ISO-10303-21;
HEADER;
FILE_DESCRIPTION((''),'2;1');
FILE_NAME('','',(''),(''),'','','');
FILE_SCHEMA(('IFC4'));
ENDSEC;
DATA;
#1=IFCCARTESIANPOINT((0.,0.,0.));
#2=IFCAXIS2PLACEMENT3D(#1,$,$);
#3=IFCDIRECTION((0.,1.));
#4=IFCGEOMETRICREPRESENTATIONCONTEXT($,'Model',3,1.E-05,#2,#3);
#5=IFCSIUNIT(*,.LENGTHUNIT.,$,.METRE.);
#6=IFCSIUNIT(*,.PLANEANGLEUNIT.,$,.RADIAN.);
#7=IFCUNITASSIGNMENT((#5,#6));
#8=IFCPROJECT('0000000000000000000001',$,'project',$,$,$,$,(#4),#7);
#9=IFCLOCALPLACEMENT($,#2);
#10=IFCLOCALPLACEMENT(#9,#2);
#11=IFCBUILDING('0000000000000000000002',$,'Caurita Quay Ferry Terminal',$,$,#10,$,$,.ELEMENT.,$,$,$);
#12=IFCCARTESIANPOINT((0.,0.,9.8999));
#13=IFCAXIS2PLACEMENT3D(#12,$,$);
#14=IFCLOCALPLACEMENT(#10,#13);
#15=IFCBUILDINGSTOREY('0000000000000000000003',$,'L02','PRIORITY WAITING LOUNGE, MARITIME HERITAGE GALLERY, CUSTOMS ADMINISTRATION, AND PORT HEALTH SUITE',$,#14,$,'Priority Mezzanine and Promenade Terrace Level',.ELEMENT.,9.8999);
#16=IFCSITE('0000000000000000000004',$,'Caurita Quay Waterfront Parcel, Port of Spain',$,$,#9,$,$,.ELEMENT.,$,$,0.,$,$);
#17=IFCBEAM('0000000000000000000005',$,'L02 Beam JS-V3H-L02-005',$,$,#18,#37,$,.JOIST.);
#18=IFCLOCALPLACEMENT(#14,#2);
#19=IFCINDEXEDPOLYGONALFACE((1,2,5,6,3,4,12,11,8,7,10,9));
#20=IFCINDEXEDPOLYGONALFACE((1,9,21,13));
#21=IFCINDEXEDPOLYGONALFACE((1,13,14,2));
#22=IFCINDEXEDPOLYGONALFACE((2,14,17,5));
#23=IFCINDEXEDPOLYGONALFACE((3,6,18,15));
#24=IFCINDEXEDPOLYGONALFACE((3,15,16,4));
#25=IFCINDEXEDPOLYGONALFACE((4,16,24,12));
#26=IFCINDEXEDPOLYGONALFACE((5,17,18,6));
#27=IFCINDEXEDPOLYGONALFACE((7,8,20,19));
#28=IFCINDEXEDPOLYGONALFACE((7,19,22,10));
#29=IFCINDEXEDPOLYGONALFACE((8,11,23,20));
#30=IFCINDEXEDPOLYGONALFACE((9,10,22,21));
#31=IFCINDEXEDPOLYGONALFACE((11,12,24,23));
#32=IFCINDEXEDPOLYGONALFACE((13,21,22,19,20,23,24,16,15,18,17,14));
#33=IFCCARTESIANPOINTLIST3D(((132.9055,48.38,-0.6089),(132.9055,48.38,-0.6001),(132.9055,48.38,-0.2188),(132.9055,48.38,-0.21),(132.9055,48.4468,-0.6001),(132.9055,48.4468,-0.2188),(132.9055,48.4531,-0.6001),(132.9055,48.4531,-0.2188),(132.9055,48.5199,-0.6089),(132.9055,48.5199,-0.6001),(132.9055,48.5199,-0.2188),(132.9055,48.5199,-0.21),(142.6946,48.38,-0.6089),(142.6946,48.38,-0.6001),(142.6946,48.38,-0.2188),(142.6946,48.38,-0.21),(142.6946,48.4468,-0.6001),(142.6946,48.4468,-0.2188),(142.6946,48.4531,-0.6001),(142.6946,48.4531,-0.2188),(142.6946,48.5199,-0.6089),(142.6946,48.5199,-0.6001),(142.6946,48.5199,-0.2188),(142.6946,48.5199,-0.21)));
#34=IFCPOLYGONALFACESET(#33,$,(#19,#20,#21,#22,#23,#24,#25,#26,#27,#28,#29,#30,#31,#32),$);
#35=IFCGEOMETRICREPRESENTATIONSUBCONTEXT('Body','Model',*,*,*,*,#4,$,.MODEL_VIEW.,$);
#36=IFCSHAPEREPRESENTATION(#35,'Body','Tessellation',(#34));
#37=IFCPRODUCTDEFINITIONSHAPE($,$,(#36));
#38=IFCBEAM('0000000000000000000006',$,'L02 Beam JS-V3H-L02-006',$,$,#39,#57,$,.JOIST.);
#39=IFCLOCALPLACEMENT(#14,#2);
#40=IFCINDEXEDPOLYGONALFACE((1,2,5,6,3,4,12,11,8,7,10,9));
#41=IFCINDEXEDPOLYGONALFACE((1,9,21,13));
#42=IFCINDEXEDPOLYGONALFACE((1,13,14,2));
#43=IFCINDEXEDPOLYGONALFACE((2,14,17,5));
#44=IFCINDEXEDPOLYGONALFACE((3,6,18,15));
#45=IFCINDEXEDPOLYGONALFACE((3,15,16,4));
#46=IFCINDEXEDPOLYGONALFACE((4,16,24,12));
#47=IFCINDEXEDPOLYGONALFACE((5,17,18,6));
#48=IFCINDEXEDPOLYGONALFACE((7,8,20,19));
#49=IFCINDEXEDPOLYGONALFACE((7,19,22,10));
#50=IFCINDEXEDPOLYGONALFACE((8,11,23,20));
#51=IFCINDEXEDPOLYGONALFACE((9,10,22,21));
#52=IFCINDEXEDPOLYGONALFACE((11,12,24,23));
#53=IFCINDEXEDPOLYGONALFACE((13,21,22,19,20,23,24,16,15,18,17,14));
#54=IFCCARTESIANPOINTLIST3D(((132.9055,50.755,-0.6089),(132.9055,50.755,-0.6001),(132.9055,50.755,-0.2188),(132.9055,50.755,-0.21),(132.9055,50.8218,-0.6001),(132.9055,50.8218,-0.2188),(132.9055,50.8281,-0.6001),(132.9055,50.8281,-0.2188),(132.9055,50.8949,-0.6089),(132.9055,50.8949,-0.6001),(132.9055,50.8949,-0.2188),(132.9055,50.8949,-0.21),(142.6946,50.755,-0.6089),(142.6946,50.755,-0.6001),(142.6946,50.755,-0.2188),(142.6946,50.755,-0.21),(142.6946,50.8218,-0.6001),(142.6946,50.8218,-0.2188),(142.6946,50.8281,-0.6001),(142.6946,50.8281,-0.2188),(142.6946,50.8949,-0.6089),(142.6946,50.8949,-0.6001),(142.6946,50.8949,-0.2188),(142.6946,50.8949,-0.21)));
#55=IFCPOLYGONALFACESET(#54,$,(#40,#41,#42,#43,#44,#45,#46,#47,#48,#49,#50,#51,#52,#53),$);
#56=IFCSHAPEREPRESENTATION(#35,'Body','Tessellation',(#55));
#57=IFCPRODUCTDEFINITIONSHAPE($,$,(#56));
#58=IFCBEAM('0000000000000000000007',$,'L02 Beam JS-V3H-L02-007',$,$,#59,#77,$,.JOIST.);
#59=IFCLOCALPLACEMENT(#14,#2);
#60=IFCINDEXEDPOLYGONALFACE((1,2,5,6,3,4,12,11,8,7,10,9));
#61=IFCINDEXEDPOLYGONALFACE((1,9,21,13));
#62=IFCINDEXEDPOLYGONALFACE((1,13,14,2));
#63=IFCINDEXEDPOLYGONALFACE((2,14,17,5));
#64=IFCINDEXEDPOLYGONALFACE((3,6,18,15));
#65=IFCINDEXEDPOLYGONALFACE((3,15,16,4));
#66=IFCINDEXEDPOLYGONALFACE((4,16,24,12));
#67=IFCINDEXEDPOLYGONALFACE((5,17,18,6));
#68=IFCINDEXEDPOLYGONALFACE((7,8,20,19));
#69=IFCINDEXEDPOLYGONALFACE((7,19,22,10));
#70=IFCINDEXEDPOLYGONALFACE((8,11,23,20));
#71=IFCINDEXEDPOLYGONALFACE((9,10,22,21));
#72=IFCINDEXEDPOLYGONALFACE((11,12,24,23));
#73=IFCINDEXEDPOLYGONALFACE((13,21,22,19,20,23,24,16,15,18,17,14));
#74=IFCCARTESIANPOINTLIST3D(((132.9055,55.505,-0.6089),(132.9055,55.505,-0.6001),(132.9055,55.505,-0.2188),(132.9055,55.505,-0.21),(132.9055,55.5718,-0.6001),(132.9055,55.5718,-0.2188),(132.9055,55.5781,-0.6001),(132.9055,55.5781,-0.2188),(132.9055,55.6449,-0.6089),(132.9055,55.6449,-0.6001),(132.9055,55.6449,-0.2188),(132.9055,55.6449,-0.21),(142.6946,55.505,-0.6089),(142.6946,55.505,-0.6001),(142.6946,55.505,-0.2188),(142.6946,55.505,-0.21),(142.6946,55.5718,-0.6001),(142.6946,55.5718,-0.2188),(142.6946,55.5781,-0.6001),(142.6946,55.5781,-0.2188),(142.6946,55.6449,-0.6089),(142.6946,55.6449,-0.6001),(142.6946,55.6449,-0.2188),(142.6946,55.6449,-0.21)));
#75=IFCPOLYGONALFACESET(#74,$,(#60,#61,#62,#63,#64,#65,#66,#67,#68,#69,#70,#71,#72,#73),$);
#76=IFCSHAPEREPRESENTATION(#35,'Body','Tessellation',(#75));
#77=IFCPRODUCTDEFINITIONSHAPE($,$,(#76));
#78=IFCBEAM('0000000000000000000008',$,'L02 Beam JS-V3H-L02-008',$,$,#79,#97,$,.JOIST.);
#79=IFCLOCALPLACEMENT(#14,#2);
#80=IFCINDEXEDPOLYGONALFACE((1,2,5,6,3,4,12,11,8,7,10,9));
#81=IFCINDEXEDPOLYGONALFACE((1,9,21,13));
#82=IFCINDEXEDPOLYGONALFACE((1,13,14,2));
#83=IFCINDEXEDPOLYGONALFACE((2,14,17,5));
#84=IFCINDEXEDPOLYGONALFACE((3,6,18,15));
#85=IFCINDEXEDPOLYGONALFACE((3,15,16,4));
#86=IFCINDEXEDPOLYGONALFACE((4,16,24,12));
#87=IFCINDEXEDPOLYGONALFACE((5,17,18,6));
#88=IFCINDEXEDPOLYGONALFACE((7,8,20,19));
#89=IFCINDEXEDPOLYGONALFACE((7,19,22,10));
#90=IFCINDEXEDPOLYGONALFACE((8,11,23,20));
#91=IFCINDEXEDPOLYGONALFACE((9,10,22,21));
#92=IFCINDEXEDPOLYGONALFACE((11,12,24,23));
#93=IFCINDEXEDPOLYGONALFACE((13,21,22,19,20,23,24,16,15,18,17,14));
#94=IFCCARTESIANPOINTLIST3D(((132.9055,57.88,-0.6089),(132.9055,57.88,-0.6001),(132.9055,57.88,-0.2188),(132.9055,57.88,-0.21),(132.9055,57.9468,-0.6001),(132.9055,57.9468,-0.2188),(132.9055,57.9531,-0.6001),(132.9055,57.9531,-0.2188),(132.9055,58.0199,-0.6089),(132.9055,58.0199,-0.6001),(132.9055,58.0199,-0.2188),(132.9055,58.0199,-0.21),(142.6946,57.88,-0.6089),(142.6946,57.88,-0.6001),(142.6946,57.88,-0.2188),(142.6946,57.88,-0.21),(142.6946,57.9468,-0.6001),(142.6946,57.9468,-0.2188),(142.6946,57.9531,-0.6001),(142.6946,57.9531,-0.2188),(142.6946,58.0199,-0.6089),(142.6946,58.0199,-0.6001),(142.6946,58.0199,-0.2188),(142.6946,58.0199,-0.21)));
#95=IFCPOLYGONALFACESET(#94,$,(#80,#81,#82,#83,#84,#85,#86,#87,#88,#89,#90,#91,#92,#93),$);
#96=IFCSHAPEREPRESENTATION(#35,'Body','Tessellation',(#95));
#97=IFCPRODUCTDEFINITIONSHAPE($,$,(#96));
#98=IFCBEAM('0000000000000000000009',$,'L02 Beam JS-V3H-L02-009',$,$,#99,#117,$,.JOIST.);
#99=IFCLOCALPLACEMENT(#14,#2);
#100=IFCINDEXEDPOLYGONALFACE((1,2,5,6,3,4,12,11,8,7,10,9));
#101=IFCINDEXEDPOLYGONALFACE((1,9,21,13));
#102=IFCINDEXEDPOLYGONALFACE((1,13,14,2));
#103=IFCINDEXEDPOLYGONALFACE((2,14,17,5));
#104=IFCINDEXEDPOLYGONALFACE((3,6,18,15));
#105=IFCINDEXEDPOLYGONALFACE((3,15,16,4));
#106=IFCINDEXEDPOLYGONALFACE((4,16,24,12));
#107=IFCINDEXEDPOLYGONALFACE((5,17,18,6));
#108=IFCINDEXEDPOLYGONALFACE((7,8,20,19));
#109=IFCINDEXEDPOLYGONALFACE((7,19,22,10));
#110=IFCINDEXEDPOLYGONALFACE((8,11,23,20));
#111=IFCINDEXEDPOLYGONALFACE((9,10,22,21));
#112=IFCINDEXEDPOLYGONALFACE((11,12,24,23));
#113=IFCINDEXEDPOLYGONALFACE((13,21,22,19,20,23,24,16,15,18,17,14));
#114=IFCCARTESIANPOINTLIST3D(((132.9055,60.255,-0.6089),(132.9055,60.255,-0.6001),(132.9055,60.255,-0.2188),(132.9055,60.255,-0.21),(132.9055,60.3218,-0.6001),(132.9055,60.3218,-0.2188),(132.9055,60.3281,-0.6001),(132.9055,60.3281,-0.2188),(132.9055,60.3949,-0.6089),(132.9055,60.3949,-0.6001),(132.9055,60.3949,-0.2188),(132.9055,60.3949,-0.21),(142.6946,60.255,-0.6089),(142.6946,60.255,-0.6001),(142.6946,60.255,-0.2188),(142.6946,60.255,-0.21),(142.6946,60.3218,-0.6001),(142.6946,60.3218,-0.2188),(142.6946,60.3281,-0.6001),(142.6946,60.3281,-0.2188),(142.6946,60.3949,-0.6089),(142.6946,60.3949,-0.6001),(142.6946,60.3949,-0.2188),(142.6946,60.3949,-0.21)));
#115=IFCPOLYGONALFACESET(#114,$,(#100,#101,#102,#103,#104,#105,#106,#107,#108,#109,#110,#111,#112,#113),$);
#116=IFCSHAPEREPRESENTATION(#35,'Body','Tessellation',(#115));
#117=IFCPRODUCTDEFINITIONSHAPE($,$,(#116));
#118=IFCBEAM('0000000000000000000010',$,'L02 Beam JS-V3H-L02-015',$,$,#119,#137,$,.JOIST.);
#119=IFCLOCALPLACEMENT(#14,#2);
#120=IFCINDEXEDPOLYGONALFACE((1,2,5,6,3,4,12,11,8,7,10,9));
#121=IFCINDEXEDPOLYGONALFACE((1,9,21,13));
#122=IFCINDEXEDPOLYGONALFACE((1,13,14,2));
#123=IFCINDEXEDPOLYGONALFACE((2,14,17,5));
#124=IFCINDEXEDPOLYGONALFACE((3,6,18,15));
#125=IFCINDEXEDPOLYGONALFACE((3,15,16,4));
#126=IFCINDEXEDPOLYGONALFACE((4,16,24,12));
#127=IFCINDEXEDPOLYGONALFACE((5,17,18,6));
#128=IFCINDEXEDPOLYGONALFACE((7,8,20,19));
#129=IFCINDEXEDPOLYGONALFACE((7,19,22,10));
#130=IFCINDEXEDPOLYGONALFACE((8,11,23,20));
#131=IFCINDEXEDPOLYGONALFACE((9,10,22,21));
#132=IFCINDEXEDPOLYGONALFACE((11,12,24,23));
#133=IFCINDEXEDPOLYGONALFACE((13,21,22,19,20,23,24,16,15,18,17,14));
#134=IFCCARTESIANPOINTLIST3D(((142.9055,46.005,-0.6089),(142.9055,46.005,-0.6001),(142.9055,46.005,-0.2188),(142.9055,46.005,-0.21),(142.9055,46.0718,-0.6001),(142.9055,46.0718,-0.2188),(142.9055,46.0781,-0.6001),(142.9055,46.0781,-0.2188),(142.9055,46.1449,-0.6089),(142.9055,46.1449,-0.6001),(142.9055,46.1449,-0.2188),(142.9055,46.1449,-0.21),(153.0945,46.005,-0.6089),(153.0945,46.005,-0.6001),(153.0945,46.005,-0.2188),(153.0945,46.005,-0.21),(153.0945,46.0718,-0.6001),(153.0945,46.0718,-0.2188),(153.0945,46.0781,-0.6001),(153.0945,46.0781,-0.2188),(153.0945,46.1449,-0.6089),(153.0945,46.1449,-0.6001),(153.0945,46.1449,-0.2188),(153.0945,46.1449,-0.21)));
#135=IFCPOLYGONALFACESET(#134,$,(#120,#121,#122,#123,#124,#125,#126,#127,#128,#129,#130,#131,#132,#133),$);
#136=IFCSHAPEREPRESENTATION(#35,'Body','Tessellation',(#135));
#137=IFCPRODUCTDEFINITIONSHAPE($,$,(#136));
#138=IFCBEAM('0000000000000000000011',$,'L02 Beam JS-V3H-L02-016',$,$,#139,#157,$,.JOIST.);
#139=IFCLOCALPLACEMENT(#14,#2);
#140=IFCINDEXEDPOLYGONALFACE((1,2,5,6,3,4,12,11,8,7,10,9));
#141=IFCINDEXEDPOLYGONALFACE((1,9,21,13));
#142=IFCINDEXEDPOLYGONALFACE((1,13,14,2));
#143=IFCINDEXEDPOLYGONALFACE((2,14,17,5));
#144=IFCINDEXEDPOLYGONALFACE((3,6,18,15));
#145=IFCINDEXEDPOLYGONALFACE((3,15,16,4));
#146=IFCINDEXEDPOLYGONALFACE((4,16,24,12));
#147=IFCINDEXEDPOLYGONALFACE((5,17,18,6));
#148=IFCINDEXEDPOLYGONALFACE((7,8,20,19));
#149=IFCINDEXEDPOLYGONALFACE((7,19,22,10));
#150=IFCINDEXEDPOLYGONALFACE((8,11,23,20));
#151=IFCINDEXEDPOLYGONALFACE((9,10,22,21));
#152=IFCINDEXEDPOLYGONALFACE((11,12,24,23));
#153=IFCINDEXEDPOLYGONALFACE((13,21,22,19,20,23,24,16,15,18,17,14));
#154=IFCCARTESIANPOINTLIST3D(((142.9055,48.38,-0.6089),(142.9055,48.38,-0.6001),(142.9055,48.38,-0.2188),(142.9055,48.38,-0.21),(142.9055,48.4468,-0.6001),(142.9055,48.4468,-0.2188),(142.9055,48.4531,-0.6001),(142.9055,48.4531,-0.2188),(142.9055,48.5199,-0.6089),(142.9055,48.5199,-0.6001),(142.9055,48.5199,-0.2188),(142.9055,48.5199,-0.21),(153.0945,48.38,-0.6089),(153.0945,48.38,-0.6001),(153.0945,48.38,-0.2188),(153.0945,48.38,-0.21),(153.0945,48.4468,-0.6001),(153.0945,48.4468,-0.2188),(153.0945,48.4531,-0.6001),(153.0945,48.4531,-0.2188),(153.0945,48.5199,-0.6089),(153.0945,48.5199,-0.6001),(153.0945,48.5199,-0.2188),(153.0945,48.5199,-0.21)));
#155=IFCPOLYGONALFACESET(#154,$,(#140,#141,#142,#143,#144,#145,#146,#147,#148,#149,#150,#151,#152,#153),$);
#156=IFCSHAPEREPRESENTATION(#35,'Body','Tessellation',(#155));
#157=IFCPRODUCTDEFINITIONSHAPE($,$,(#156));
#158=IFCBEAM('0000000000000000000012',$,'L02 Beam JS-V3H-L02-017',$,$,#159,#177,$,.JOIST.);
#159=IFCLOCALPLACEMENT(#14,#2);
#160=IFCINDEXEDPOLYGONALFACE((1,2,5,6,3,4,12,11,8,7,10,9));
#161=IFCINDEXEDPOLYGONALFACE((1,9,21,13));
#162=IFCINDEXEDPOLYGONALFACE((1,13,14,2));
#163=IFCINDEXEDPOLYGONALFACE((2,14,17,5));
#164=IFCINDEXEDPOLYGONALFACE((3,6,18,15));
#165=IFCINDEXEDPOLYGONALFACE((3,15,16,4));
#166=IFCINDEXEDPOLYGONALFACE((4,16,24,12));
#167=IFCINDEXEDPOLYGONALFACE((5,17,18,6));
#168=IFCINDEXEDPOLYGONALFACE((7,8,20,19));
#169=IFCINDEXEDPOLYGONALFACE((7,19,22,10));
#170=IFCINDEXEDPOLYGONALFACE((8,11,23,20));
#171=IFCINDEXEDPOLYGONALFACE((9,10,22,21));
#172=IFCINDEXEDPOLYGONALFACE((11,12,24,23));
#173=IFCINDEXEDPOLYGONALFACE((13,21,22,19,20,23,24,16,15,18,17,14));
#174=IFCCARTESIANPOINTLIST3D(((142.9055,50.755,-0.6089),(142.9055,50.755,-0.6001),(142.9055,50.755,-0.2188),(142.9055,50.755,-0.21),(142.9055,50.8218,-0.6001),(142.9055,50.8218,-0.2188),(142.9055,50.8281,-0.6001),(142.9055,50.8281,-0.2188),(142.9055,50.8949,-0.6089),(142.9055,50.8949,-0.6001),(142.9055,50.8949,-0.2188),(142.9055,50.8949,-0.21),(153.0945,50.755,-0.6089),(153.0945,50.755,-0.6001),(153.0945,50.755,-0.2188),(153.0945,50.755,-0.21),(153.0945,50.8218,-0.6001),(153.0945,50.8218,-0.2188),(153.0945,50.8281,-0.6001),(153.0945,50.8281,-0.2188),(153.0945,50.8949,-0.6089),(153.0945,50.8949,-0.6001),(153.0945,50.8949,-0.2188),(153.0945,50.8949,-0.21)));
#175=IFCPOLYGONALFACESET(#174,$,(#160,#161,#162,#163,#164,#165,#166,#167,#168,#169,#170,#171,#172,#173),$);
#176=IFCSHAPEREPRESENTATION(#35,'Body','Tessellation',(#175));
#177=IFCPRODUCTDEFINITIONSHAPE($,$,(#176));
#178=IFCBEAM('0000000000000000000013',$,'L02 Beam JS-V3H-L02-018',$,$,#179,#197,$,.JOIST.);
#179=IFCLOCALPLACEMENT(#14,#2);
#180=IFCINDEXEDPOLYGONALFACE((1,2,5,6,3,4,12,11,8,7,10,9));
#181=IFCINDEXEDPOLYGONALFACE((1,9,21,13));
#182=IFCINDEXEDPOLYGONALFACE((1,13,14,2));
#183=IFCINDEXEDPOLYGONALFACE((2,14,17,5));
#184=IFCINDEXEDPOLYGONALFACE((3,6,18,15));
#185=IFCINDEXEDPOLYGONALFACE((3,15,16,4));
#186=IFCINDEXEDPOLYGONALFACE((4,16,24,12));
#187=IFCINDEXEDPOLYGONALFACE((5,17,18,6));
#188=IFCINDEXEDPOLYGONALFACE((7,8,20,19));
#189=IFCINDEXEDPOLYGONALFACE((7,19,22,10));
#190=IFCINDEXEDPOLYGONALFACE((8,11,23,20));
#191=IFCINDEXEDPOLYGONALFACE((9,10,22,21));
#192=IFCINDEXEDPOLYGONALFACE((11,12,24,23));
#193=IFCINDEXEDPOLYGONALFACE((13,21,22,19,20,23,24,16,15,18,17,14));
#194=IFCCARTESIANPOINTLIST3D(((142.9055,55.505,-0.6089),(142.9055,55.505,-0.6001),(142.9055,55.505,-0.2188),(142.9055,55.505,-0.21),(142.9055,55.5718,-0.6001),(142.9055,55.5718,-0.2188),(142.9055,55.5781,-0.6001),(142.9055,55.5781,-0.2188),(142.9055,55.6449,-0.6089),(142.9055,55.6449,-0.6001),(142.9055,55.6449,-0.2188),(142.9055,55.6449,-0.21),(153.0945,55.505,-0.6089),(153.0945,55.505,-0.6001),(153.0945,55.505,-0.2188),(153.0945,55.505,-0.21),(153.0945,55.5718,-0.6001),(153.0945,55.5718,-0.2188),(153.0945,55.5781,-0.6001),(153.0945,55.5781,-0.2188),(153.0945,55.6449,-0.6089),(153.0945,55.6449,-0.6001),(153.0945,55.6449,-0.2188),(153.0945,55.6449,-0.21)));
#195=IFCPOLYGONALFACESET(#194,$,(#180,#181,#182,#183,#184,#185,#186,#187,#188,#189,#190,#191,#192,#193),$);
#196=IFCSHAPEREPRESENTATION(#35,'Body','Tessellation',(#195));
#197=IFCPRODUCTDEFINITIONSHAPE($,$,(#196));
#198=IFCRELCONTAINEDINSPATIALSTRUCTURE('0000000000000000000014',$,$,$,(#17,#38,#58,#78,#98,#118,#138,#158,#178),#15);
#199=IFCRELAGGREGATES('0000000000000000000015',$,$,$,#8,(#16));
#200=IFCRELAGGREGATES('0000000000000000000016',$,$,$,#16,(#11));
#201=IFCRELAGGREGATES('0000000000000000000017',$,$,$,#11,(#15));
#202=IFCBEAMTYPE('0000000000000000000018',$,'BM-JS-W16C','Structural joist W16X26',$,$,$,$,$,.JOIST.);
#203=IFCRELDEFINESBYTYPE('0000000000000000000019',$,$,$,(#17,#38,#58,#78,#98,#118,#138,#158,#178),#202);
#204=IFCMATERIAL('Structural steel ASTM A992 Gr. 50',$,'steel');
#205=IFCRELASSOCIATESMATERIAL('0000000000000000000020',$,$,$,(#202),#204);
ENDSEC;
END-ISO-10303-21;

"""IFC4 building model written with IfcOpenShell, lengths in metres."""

from ifc_helpers import new_model, si_unit, direction, frame, origin, origin_2d, place, context, subcontext, project, spatial, i_section, extrude, material, material_profile, profile_set, type_object, element, save


model = new_model("IFC4")

# Units and contexts
model_context = context("Model", 3, precision=1e-05, world=origin(), true_north=direction((0.0, 1.0)))
body_context = subcontext(model_context, "Body", "Model", "MODEL_VIEW")
ifc_project = project(units=[si_unit("LENGTHUNIT", "METRE"), si_unit("PLANEANGLEUNIT", "RADIAN")], contexts=[model_context])

# Site, building, storey
site_placement = place(None, origin())
site = spatial("IfcSite", under=ifc_project, at=site_placement, Name="Caurita Quay Waterfront Parcel, Port of Spain", CompositionType="ELEMENT", RefElevation=0.0)
building_placement = place(site_placement, origin())
building = spatial("IfcBuilding", under=site, at=building_placement, Name="Caurita Quay Ferry Terminal", CompositionType="ELEMENT")
storey_placement = place(building_placement, frame((0.0, 0.0, 9.8999)))
storey = spatial("IfcBuildingStorey", under=building, at=storey_placement, Name="L02", Description="PRIORITY WAITING LOUNGE, MARITIME HERITAGE GALLERY, CUSTOMS ADMINISTRATION, AND PORT HEALTH SUITE", LongName="Priority Mezzanine and Promenade Terrace Level", CompositionType="ELEMENT", Elevation=9.8999)

# Shared definitions
ifc_material_1 = material(Name="Structural steel ASTM A992 Gr. 50", Category="steel")

# Beams
ifc_material_profile_1 = material_profile(ifc_material_1, i_section(OverallWidth=0.1399, OverallDepth=0.3989, WebThickness=0.0063, FlangeThickness=0.0088, at=origin_2d()), Name="W16X26")
ifc_profile_set_1 = profile_set([ifc_material_profile_1], Name="Structural steel ASTM A992 Gr. 50")
beam_type_1 = type_object("IfcBeamType", Name="BM-JS-W16C", Description="Structural joist W16X26", PredefinedType="JOIST", material=ifc_profile_set_1)
for number, where, z_axis, x_axis, name in (
    (1, (132.9055, 48.45, -0.4094), (1.0, 0.0, 0.0), (0.0, 1.0, 0.0), "L02 Beam JS-V3H-L02-005"),
    (2, (132.9055, 50.825, -0.4094), (1.0, 0.0, 0.0), (0.0, 1.0, 0.0), "L02 Beam JS-V3H-L02-006"),
    (3, (132.9055, 55.575, -0.4094), (1.0, 0.0, 0.0), (0.0, 1.0, 0.0), "L02 Beam JS-V3H-L02-007"),
    (4, (132.9055, 57.95, -0.4094), (1.0, 0.0, 0.0), (0.0, 1.0, 0.0), "L02 Beam JS-V3H-L02-008"),
    (5, (132.9055, 60.325, -0.4094), (1.0, 0.0, 0.0), (0.0, 1.0, 0.0), "L02 Beam JS-V3H-L02-009"),
):
    element("IfcBeam", number, at=place(storey_placement, frame(where, z_axis=z_axis, x_axis=x_axis)), inside=storey, type_object=beam_type_1, Name=name, PredefinedType="JOIST", context=body_context, shape_type="SweptSolid", body=[
        extrude(i_section(OverallWidth=0.1399, OverallDepth=0.3989, WebThickness=0.0063, FlangeThickness=0.0088, at=origin_2d()), origin(), (0.0, 0.0, 1.0), 9.7891),
    ])
for number, where, z_axis, x_axis, name in (
    (6, (142.9055, 46.075, -0.4094), (1.0, 0.0, 0.0), (0.0, 1.0, 0.0), "L02 Beam JS-V3H-L02-015"),
    (7, (142.9055, 48.45, -0.4094), (1.0, 0.0, 0.0), (0.0, 1.0, 0.0), "L02 Beam JS-V3H-L02-016"),
    (8, (142.9055, 50.825, -0.4094), (1.0, 0.0, 0.0), (0.0, 1.0, 0.0), "L02 Beam JS-V3H-L02-017"),
    (9, (142.9055, 55.575, -0.4094), (1.0, 0.0, 0.0), (0.0, 1.0, 0.0), "L02 Beam JS-V3H-L02-018"),
):
    element("IfcBeam", number, at=place(storey_placement, frame(where, z_axis=z_axis, x_axis=x_axis)), inside=storey, type_object=beam_type_1, Name=name, PredefinedType="JOIST", context=body_context, shape_type="SweptSolid", body=[
        extrude(i_section(OverallWidth=0.1399, OverallDepth=0.3989, WebThickness=0.0063, FlangeThickness=0.0088, at=origin_2d()), origin(), (0.0, 0.0, 1.0), 10.189),
    ])

save(model, "model.ifc")
